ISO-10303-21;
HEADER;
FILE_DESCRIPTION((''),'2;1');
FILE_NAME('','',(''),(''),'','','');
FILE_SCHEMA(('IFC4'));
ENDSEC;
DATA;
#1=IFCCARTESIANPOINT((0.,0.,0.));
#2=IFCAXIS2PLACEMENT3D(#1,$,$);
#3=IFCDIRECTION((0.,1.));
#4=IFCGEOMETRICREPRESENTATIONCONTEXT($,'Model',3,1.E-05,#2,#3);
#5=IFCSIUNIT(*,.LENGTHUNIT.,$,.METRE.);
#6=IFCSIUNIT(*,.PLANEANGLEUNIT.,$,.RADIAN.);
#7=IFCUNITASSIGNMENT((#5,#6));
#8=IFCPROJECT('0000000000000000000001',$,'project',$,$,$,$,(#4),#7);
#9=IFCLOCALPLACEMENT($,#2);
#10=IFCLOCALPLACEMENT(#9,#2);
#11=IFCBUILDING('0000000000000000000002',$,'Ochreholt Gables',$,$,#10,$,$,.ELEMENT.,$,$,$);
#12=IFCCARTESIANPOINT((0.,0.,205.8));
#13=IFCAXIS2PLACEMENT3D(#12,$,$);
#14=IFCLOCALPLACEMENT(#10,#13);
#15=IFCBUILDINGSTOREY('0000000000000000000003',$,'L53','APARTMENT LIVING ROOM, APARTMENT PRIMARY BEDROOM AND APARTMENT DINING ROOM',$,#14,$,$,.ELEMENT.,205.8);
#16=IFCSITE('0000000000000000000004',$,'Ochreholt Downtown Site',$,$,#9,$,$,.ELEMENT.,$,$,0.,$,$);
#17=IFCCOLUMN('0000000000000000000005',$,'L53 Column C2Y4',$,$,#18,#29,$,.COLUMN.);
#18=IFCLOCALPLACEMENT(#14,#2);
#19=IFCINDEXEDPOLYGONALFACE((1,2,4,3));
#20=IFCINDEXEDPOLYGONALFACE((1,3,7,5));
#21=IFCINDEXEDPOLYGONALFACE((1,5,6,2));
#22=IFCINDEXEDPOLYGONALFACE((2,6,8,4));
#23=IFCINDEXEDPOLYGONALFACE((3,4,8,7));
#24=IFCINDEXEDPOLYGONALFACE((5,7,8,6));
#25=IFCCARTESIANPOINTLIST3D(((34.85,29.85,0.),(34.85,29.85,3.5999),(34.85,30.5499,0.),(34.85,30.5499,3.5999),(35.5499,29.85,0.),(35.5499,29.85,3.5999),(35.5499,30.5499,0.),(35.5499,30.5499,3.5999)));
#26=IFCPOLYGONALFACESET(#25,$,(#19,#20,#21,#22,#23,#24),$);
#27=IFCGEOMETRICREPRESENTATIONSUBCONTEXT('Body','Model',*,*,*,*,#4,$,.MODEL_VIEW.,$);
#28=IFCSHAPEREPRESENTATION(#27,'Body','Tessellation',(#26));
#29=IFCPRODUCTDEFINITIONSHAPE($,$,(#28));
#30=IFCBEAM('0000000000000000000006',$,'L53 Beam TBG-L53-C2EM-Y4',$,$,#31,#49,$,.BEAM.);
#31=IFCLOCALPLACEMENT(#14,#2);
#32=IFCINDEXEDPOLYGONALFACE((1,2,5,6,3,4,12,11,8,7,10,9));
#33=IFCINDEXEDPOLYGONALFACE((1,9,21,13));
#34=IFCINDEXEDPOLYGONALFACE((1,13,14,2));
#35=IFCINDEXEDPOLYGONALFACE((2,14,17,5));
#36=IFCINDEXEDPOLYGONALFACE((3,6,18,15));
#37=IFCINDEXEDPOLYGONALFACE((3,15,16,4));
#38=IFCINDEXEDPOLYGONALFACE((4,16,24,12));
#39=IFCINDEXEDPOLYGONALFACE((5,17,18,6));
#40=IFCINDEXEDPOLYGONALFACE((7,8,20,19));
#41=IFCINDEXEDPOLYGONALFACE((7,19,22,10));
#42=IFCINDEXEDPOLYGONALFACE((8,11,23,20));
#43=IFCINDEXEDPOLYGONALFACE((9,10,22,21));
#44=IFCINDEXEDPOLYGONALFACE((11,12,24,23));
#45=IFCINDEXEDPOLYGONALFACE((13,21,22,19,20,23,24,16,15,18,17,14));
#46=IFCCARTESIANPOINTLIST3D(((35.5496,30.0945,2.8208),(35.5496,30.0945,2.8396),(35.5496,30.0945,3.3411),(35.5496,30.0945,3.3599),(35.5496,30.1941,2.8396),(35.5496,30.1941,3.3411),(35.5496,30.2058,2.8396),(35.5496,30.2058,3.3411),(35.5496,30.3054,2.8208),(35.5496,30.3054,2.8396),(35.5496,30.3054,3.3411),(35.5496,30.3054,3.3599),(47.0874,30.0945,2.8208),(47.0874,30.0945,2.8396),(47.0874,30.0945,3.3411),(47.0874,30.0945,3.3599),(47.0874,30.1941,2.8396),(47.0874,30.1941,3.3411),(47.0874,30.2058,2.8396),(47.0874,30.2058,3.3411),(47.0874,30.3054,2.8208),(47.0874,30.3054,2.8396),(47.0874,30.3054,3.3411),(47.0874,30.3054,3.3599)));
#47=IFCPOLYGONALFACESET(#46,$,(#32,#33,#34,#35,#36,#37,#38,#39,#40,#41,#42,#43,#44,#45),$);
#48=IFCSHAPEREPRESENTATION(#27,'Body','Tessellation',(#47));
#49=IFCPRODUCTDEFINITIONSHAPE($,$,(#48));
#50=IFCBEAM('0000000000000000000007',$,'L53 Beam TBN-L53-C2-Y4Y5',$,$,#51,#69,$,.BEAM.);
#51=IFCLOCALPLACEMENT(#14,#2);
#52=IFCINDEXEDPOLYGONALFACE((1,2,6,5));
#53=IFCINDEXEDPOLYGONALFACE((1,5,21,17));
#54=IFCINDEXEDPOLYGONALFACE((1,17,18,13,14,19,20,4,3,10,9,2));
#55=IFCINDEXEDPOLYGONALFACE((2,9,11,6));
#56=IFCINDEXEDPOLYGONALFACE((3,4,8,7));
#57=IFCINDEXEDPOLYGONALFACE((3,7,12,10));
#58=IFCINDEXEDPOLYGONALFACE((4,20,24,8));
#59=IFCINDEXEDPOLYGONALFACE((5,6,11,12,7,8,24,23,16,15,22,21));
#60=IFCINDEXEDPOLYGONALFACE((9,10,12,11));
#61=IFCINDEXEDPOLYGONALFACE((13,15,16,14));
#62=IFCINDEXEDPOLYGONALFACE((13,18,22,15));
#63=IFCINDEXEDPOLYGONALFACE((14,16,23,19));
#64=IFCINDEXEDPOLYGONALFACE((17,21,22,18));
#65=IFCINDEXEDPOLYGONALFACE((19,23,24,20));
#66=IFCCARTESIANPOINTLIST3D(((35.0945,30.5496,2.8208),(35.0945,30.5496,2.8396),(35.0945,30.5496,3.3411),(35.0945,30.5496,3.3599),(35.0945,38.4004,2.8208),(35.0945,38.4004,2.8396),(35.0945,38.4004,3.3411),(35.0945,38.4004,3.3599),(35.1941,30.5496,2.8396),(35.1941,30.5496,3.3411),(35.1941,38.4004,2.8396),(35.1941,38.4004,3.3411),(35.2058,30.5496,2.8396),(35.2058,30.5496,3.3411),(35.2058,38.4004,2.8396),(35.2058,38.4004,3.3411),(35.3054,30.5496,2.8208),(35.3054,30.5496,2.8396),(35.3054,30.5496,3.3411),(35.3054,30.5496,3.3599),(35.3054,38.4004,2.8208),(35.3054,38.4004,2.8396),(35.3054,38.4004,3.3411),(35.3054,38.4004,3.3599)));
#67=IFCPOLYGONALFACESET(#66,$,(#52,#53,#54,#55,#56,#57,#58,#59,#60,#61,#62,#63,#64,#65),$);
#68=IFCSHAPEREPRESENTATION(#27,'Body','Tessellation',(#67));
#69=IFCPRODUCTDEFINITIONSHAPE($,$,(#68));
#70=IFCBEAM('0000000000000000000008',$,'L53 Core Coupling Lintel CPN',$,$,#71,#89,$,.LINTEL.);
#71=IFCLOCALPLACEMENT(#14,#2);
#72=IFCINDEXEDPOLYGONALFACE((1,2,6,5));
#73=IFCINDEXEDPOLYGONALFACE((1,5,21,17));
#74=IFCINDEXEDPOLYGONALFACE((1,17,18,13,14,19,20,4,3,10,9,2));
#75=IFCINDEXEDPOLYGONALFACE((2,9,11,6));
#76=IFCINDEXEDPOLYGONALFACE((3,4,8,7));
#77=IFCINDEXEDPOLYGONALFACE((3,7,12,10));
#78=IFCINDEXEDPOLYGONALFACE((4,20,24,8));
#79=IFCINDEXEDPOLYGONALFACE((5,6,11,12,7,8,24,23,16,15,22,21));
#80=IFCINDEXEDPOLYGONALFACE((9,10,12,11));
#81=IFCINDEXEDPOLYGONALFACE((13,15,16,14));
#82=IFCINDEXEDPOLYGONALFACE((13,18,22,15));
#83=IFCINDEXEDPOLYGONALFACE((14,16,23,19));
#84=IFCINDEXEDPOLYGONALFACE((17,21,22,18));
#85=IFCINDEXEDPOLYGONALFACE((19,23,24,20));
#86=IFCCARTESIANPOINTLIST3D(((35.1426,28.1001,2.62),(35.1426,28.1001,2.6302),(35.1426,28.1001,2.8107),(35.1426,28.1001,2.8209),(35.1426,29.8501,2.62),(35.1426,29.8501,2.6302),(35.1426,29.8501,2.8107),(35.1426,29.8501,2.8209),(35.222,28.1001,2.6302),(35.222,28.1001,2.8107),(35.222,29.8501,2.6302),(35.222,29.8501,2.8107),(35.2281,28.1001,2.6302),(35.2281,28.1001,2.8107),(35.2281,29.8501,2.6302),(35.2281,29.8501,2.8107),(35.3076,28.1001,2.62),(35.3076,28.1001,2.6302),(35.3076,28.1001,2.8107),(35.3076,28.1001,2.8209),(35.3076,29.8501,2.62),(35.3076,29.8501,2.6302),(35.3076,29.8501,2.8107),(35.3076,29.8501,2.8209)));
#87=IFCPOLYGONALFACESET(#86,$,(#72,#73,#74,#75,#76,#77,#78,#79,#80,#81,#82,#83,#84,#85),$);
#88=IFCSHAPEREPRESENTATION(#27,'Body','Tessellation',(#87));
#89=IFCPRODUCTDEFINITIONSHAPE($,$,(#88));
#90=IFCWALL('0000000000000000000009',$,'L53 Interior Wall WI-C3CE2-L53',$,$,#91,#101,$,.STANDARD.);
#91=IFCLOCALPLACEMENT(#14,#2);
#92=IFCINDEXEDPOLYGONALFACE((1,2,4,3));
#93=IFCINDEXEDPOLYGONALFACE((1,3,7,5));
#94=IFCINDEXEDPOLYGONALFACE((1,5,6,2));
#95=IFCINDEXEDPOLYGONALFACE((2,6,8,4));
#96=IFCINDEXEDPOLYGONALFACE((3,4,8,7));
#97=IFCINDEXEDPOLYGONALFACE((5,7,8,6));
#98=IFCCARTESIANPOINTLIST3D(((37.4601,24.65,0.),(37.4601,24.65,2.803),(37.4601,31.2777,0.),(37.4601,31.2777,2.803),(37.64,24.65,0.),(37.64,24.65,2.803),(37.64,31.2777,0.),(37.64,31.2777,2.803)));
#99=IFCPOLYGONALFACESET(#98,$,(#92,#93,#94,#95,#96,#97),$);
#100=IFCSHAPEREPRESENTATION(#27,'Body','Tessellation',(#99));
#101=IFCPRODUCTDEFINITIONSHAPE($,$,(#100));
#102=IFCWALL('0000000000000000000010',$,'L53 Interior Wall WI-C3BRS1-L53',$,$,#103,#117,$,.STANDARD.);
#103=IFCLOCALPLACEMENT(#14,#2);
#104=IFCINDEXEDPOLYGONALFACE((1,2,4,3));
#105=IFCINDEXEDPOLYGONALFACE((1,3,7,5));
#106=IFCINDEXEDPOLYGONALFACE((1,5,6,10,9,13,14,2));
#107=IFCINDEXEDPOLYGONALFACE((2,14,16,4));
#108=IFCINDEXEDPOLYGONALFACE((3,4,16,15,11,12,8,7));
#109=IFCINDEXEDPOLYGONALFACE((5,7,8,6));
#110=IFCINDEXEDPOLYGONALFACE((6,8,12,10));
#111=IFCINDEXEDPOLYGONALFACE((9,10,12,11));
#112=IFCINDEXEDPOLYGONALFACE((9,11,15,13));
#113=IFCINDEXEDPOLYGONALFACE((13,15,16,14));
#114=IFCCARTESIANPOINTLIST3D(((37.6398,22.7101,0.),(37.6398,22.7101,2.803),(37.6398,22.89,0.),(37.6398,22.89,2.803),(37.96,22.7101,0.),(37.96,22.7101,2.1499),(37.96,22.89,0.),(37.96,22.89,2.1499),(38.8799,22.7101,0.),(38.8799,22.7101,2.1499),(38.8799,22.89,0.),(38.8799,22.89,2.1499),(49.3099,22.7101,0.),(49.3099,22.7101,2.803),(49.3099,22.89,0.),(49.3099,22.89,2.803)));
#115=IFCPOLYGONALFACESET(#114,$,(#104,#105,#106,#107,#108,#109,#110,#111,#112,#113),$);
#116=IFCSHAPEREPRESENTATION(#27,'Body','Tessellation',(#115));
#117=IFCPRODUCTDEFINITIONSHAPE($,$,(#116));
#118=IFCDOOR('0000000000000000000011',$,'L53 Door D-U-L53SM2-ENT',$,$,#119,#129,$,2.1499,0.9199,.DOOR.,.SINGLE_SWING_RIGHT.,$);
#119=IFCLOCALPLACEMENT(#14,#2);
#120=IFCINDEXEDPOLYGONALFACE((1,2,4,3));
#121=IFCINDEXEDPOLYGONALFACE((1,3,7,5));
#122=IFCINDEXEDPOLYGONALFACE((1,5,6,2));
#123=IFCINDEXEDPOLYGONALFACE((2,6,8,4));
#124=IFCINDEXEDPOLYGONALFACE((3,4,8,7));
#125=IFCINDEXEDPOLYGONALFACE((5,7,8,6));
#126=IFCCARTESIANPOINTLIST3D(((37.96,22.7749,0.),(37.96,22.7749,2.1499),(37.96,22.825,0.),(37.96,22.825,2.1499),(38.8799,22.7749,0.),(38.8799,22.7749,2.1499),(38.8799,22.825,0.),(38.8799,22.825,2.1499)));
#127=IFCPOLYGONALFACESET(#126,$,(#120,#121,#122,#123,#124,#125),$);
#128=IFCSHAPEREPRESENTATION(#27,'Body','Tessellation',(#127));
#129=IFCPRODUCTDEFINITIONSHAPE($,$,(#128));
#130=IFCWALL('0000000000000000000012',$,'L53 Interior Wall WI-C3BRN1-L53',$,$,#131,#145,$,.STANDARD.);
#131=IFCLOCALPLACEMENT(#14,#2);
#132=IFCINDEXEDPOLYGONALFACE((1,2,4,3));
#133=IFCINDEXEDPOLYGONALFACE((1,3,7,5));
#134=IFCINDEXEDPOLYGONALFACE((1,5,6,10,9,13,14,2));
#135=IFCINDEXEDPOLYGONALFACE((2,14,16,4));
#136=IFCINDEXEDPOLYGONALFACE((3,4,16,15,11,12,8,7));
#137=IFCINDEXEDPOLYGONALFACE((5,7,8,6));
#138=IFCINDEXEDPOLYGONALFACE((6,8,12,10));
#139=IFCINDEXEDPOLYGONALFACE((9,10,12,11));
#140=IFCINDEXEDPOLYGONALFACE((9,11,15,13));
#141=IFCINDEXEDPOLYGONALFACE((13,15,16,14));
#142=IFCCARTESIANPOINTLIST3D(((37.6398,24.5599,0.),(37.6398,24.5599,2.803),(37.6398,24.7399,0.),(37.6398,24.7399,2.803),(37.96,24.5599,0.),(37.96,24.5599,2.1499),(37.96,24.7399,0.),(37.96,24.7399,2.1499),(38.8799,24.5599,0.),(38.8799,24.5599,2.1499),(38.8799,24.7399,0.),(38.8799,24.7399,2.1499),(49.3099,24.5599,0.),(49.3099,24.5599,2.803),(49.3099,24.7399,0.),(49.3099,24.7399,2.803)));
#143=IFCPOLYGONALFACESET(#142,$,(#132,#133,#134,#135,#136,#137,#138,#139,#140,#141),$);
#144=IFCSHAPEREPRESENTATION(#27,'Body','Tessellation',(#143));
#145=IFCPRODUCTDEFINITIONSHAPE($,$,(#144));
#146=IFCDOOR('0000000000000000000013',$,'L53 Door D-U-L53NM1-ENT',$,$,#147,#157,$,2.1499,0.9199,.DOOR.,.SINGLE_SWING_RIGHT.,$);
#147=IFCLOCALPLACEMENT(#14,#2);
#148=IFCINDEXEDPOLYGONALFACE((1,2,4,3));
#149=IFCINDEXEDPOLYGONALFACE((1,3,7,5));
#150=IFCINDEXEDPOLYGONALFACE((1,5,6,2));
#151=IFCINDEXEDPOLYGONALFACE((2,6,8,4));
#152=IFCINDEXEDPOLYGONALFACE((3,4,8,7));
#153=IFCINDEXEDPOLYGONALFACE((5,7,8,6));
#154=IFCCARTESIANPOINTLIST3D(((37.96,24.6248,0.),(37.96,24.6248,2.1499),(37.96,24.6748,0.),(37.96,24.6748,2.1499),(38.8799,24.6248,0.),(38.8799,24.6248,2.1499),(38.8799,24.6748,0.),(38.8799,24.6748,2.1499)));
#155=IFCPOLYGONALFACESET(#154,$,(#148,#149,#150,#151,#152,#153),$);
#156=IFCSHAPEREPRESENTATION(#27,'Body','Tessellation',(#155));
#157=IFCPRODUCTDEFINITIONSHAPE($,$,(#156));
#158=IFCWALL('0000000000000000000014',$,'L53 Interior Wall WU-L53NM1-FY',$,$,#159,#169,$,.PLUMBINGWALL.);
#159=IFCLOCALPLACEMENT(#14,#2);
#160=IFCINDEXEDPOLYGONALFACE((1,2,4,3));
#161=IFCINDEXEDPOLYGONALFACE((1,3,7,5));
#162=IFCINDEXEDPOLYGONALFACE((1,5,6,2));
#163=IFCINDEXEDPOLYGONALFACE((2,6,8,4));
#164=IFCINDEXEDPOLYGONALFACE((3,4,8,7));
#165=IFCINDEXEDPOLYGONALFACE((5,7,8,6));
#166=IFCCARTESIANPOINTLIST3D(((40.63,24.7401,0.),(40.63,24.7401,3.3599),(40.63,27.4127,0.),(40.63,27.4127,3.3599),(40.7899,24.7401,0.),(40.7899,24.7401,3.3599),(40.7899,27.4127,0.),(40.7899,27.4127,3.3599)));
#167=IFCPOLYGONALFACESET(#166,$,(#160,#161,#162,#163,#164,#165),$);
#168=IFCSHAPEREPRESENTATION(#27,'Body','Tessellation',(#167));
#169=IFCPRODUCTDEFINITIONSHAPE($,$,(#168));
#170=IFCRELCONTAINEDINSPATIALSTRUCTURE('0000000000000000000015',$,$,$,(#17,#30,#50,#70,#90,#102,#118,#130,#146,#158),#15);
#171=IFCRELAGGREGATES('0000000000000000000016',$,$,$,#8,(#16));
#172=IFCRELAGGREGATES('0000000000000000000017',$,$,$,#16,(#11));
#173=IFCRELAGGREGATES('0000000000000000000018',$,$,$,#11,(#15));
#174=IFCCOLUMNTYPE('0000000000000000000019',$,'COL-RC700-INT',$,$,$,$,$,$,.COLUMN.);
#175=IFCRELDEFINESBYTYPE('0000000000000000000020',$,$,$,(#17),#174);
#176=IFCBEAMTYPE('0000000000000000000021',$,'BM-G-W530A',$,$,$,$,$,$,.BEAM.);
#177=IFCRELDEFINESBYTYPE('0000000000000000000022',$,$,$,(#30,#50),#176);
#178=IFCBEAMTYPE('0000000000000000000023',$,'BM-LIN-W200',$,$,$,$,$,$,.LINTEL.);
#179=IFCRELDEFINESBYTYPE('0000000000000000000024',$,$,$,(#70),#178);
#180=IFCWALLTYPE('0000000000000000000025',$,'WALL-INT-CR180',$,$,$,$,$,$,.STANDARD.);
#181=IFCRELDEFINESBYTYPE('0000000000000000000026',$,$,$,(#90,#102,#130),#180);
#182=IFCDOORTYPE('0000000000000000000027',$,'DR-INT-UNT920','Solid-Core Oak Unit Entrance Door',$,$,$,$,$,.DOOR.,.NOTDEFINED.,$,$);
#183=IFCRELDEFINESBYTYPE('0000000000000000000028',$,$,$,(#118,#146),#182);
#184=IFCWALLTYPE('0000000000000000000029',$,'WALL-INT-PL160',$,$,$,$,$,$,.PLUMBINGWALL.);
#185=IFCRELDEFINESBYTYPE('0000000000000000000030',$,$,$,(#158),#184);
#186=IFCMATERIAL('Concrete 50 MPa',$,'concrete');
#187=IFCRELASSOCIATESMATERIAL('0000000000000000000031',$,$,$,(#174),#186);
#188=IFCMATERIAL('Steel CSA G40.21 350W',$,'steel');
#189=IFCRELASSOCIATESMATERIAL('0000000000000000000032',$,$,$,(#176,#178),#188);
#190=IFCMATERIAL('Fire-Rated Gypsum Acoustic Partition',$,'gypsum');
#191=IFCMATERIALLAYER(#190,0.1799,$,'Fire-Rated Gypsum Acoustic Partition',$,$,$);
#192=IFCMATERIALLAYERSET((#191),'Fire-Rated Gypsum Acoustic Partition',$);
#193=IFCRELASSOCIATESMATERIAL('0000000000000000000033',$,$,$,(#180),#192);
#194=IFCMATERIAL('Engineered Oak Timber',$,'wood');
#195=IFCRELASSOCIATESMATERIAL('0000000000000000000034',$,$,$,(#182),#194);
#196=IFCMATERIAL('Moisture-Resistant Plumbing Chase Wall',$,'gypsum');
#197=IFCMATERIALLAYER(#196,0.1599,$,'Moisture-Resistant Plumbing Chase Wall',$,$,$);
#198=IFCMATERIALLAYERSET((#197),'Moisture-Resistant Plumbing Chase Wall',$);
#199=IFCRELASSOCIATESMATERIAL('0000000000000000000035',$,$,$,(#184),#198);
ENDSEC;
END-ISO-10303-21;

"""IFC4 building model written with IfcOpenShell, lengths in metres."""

from ifc_helpers import new_model, si_unit, direction, frame, frame_2d, origin, origin_2d, place, context, subcontext, project, spatial, rectangle, i_section, extrude, material, layer, layer_set, material_profile, profile_set, type_object, element, fill, save


model = new_model("IFC4")

# Units and contexts
model_context = context("Model", 3, precision=1e-05, world=origin(), true_north=direction((0.0, 1.0)))
body_context = subcontext(model_context, "Body", "Model", "MODEL_VIEW")
ifc_project = project(units=[si_unit("LENGTHUNIT", "METRE"), si_unit("PLANEANGLEUNIT", "RADIAN")], contexts=[model_context])

# Site, building, storey
site_placement = place(None, origin())
site = spatial("IfcSite", under=ifc_project, at=site_placement, Name="Ochreholt Downtown Site", CompositionType="ELEMENT", RefElevation=0.0)
building_placement = place(site_placement, origin())
building = spatial("IfcBuilding", under=site, at=building_placement, Name="Ochreholt Gables", CompositionType="ELEMENT")
storey_placement = place(building_placement, frame((0.0, 0.0, 205.8)))
storey = spatial("IfcBuildingStorey", under=building, at=storey_placement, Name="L53", Description="APARTMENT LIVING ROOM, APARTMENT PRIMARY BEDROOM AND APARTMENT DINING ROOM", CompositionType="ELEMENT", Elevation=205.8)

# Column
ifc_material_1 = material(Name="Concrete 50 MPa", Category="concrete")
ifc_material_profile_1 = material_profile(ifc_material_1, rectangle(XDim=0.7, YDim=0.7, at=origin_2d()), Name="RC700X700")
ifc_profile_set_1 = profile_set([ifc_material_profile_1], Name="Concrete 50 MPa")
column_type = type_object("IfcColumnType", Name="COL-RC700-INT", PredefinedType="COLUMN", material=ifc_profile_set_1)
column_placement = place(storey_placement, frame((35.2, 30.2, 0.0), z_axis=(0.0, 0.0, 1.0), x_axis=(1.0, 0.0, 0.0)))
element("IfcColumn", 1, at=column_placement, inside=storey, type_object=column_type, Name="L53 Column C2Y4", PredefinedType="COLUMN", context=body_context, shape_type="SweptSolid", body=[
    extrude(rectangle(XDim=0.7, YDim=0.7, at=origin_2d()), origin(), (0.0, 0.0, 1.0), 3.5999),
])

# Beams
ifc_material_2 = material(Name="Steel CSA G40.21 350W", Category="steel")
ifc_material_profile_2 = material_profile(ifc_material_2, i_section(OverallWidth=0.2109, OverallDepth=0.5391, WebThickness=0.0117, FlangeThickness=0.0188, at=origin_2d()), Name="W530X109")
ifc_profile_set_2 = profile_set([ifc_material_profile_2], Name="Steel CSA G40.21 350W")
beam_type_1 = type_object("IfcBeamType", Name="BM-G-W530A", PredefinedType="BEAM", material=ifc_profile_set_2)
beam_1_placement = place(storey_placement, frame((35.5496, 30.2, 3.0903), z_axis=(1.0, 0.0, 0.0), x_axis=(0.0, 1.0, 0.0)))
element("IfcBeam", 2, at=beam_1_placement, inside=storey, type_object=beam_type_1, Name="L53 Beam TBG-L53-C2EM-Y4", PredefinedType="BEAM", context=body_context, shape_type="SweptSolid", body=[
    extrude(i_section(OverallWidth=0.2109, OverallDepth=0.5391, WebThickness=0.0117, FlangeThickness=0.0188, at=origin_2d()), origin(), (0.0, 0.0, 1.0), 11.5378),
])
beam_2_placement = place(storey_placement, frame((35.2, 30.5496, 3.0903), z_axis=(0.0, 1.0, 0.0), x_axis=(-1.0, 0.0, 0.0)))
element("IfcBeam", 3, at=beam_2_placement, inside=storey, type_object=beam_type_1, Name="L53 Beam TBN-L53-C2-Y4Y5", PredefinedType="BEAM", context=body_context, shape_type="SweptSolid", body=[
    extrude(i_section(OverallWidth=0.2109, OverallDepth=0.5391, WebThickness=0.0117, FlangeThickness=0.0188, at=origin_2d()), origin(), (0.0, 0.0, 1.0), 7.8508),
])
ifc_material_profile_3 = material_profile(ifc_material_2, i_section(OverallWidth=0.165, OverallDepth=0.2009, WebThickness=0.0061, FlangeThickness=0.0103, at=origin_2d()), Name="W200X36")
ifc_profile_set_3 = profile_set([ifc_material_profile_3], Name="Steel CSA G40.21 350W")
beam_type_2 = type_object("IfcBeamType", Name="BM-LIN-W200", PredefinedType="LINTEL", material=ifc_profile_set_3)
beam_3_placement = place(storey_placement, frame((35.2251, 28.1001, 2.7205), z_axis=(0.0, 1.0, 0.0), x_axis=(-1.0, 0.0, 0.0)))
element("IfcBeam", 4, at=beam_3_placement, inside=storey, type_object=beam_type_2, Name="L53 Core Coupling Lintel CPN", PredefinedType="LINTEL", context=body_context, shape_type="SweptSolid", body=[
    extrude(i_section(OverallWidth=0.165, OverallDepth=0.2009, WebThickness=0.0061, FlangeThickness=0.0103, at=origin_2d()), origin(), (0.0, 0.0, 1.0), 1.75),
])

# Wall
ifc_material_3 = material(Name="Fire-Rated Gypsum Acoustic Partition", Category="gypsum")
ifc_layer_1 = layer(ifc_material_3, 0.1799, Name="Fire-Rated Gypsum Acoustic Partition")
ifc_layer_set_1 = layer_set([ifc_layer_1], Name="Fire-Rated Gypsum Acoustic Partition")
wall_type_1 = type_object("IfcWallType", Name="WALL-INT-CR180", PredefinedType="STANDARD", material=ifc_layer_set_1)
wall_1_placement = place(storey_placement, frame((37.55, 24.6499, 0.0), z_axis=(0.0, 0.0, 1.0), x_axis=(0.0, 1.0, 0.0)))
element("IfcWall", 5, at=wall_1_placement, inside=storey, type_object=wall_type_1, Name="L53 Interior Wall WI-C3CE2-L53", PredefinedType="STANDARD", context=body_context, shape_type="SweptSolid", body=[
    extrude(rectangle(XDim=6.6277, YDim=0.1799, at=frame_2d((3.314, 0.0))), origin(), (0.0, 0.0, 1.0), 2.803),
])

# Walls, openings, doors
wall_2_placement = place(storey_placement, frame((37.6399, 22.8, 0.0), z_axis=(0.0, 0.0, 1.0), x_axis=(1.0, 0.0, 0.0)))
wall_2 = element("IfcWall", 6, at=wall_2_placement, inside=storey, type_object=wall_type_1, Name="L53 Interior Wall WI-C3BRS1-L53", PredefinedType="STANDARD", context=body_context, shape_type="SweptSolid", body=[
    extrude(rectangle(XDim=11.6702, YDim=0.1799, at=frame_2d((5.835, 0.0))), origin(), (0.0, 0.0, 1.0), 2.803),
])
opening_1_placement = place(wall_2_placement, frame((0.3201, 0.0, 0.0)))
opening_1 = element("IfcOpeningElement", 7, at=opening_1_placement, cuts=wall_2, PredefinedType="OPENING", context=body_context, shape_type="SweptSolid", body=[
    extrude(rectangle(XDim=0.9199, YDim=2.1499, at=frame_2d((0.46, 1.075))), frame((0.0, 0.0999, 0.0), z_axis=(0.0, -1.0, 0.0), x_axis=(1.0, 0.0, 0.0)), (0.0, 0.0, 1.0), 0.2),
])
ifc_material_4 = material(Name="Engineered Oak Timber", Category="wood")
door_type_1 = type_object("IfcDoorType", Name="DR-INT-UNT920", Description="Solid-Core Oak Unit Entrance Door", OperationType="NOTDEFINED", PredefinedType="DOOR", material=ifc_material_4)
door_1_placement = place(opening_1_placement, origin())
door_1 = element("IfcDoor", 8, at=door_1_placement, inside=storey, type_object=door_type_1, Name="L53 Door D-U-L53SM2-ENT", OperationType="SINGLE_SWING_RIGHT", OverallHeight=2.1499, OverallWidth=0.9199, PredefinedType="DOOR", context=body_context, shape_type="SweptSolid", body=[
    extrude(rectangle(XDim=0.9199, YDim=2.1499, at=frame_2d((0.46, 1.075))), frame((0.0, 0.0249, 0.0), z_axis=(0.0, -1.0, 0.0), x_axis=(1.0, 0.0, 0.0)), (0.0, 0.0, 1.0), 0.05),
])
fill(opening_1, door_1)
wall_3_placement = place(storey_placement, frame((37.6399, 24.6499, 0.0), z_axis=(0.0, 0.0, 1.0), x_axis=(1.0, 0.0, 0.0)))
wall_3 = element("IfcWall", 9, at=wall_3_placement, inside=storey, type_object=wall_type_1, Name="L53 Interior Wall WI-C3BRN1-L53", PredefinedType="STANDARD", context=body_context, shape_type="SweptSolid", body=[
    extrude(rectangle(XDim=11.6702, YDim=0.1799, at=frame_2d((5.835, 0.0))), origin(), (0.0, 0.0, 1.0), 2.803),
])
opening_2_placement = place(wall_3_placement, frame((0.3201, 0.0, 0.0)))
opening_2 = element("IfcOpeningElement", 10, at=opening_2_placement, cuts=wall_3, PredefinedType="OPENING", context=body_context, shape_type="SweptSolid", body=[
    extrude(rectangle(XDim=0.9199, YDim=2.1499, at=frame_2d((0.46, 1.075))), frame((0.0, 0.0999, 0.0), z_axis=(0.0, -1.0, 0.0), x_axis=(1.0, 0.0, 0.0)), (0.0, 0.0, 1.0), 0.2),
])
door_2_placement = place(opening_2_placement, origin())
door_2 = element("IfcDoor", 11, at=door_2_placement, inside=storey, type_object=door_type_1, Name="L53 Door D-U-L53NM1-ENT", OperationType="SINGLE_SWING_RIGHT", OverallHeight=2.1499, OverallWidth=0.9199, PredefinedType="DOOR", context=body_context, shape_type="SweptSolid", body=[
    extrude(rectangle(XDim=0.9199, YDim=2.1499, at=frame_2d((0.46, 1.075))), frame((0.0, 0.0249, 0.0), z_axis=(0.0, -1.0, 0.0), x_axis=(1.0, 0.0, 0.0)), (0.0, 0.0, 1.0), 0.05),
])
fill(opening_2, door_2)

# Shared definitions
ifc_material_5 = material(Name="Moisture-Resistant Plumbing Chase Wall", Category="gypsum")
ifc_layer_2 = layer(ifc_material_5, 0.1599, Name="Moisture-Resistant Plumbing Chase Wall")
ifc_layer_set_2 = layer_set([ifc_layer_2], Name="Moisture-Resistant Plumbing Chase Wall")
wall_type_2 = type_object("IfcWallType", Name="WALL-INT-PL160", PredefinedType="PLUMBINGWALL", material=ifc_layer_set_2)

# Wall
wall_4_placement = place(storey_placement, frame((40.71, 24.74, 0.0), z_axis=(0.0, 0.0, 1.0), x_axis=(0.0, 1.0, 0.0)))
element("IfcWall", 12, at=wall_4_placement, inside=storey, type_object=wall_type_2, Name="L53 Interior Wall WU-L53NM1-FY", PredefinedType="PLUMBINGWALL", context=body_context, shape_type="SweptSolid", body=[
    extrude(rectangle(XDim=2.6726, YDim=0.1599, at=frame_2d((1.3364, 0.0))), origin(), (0.0, 0.0, 1.0), 3.3599),
])

save(model, "model.ifc")
